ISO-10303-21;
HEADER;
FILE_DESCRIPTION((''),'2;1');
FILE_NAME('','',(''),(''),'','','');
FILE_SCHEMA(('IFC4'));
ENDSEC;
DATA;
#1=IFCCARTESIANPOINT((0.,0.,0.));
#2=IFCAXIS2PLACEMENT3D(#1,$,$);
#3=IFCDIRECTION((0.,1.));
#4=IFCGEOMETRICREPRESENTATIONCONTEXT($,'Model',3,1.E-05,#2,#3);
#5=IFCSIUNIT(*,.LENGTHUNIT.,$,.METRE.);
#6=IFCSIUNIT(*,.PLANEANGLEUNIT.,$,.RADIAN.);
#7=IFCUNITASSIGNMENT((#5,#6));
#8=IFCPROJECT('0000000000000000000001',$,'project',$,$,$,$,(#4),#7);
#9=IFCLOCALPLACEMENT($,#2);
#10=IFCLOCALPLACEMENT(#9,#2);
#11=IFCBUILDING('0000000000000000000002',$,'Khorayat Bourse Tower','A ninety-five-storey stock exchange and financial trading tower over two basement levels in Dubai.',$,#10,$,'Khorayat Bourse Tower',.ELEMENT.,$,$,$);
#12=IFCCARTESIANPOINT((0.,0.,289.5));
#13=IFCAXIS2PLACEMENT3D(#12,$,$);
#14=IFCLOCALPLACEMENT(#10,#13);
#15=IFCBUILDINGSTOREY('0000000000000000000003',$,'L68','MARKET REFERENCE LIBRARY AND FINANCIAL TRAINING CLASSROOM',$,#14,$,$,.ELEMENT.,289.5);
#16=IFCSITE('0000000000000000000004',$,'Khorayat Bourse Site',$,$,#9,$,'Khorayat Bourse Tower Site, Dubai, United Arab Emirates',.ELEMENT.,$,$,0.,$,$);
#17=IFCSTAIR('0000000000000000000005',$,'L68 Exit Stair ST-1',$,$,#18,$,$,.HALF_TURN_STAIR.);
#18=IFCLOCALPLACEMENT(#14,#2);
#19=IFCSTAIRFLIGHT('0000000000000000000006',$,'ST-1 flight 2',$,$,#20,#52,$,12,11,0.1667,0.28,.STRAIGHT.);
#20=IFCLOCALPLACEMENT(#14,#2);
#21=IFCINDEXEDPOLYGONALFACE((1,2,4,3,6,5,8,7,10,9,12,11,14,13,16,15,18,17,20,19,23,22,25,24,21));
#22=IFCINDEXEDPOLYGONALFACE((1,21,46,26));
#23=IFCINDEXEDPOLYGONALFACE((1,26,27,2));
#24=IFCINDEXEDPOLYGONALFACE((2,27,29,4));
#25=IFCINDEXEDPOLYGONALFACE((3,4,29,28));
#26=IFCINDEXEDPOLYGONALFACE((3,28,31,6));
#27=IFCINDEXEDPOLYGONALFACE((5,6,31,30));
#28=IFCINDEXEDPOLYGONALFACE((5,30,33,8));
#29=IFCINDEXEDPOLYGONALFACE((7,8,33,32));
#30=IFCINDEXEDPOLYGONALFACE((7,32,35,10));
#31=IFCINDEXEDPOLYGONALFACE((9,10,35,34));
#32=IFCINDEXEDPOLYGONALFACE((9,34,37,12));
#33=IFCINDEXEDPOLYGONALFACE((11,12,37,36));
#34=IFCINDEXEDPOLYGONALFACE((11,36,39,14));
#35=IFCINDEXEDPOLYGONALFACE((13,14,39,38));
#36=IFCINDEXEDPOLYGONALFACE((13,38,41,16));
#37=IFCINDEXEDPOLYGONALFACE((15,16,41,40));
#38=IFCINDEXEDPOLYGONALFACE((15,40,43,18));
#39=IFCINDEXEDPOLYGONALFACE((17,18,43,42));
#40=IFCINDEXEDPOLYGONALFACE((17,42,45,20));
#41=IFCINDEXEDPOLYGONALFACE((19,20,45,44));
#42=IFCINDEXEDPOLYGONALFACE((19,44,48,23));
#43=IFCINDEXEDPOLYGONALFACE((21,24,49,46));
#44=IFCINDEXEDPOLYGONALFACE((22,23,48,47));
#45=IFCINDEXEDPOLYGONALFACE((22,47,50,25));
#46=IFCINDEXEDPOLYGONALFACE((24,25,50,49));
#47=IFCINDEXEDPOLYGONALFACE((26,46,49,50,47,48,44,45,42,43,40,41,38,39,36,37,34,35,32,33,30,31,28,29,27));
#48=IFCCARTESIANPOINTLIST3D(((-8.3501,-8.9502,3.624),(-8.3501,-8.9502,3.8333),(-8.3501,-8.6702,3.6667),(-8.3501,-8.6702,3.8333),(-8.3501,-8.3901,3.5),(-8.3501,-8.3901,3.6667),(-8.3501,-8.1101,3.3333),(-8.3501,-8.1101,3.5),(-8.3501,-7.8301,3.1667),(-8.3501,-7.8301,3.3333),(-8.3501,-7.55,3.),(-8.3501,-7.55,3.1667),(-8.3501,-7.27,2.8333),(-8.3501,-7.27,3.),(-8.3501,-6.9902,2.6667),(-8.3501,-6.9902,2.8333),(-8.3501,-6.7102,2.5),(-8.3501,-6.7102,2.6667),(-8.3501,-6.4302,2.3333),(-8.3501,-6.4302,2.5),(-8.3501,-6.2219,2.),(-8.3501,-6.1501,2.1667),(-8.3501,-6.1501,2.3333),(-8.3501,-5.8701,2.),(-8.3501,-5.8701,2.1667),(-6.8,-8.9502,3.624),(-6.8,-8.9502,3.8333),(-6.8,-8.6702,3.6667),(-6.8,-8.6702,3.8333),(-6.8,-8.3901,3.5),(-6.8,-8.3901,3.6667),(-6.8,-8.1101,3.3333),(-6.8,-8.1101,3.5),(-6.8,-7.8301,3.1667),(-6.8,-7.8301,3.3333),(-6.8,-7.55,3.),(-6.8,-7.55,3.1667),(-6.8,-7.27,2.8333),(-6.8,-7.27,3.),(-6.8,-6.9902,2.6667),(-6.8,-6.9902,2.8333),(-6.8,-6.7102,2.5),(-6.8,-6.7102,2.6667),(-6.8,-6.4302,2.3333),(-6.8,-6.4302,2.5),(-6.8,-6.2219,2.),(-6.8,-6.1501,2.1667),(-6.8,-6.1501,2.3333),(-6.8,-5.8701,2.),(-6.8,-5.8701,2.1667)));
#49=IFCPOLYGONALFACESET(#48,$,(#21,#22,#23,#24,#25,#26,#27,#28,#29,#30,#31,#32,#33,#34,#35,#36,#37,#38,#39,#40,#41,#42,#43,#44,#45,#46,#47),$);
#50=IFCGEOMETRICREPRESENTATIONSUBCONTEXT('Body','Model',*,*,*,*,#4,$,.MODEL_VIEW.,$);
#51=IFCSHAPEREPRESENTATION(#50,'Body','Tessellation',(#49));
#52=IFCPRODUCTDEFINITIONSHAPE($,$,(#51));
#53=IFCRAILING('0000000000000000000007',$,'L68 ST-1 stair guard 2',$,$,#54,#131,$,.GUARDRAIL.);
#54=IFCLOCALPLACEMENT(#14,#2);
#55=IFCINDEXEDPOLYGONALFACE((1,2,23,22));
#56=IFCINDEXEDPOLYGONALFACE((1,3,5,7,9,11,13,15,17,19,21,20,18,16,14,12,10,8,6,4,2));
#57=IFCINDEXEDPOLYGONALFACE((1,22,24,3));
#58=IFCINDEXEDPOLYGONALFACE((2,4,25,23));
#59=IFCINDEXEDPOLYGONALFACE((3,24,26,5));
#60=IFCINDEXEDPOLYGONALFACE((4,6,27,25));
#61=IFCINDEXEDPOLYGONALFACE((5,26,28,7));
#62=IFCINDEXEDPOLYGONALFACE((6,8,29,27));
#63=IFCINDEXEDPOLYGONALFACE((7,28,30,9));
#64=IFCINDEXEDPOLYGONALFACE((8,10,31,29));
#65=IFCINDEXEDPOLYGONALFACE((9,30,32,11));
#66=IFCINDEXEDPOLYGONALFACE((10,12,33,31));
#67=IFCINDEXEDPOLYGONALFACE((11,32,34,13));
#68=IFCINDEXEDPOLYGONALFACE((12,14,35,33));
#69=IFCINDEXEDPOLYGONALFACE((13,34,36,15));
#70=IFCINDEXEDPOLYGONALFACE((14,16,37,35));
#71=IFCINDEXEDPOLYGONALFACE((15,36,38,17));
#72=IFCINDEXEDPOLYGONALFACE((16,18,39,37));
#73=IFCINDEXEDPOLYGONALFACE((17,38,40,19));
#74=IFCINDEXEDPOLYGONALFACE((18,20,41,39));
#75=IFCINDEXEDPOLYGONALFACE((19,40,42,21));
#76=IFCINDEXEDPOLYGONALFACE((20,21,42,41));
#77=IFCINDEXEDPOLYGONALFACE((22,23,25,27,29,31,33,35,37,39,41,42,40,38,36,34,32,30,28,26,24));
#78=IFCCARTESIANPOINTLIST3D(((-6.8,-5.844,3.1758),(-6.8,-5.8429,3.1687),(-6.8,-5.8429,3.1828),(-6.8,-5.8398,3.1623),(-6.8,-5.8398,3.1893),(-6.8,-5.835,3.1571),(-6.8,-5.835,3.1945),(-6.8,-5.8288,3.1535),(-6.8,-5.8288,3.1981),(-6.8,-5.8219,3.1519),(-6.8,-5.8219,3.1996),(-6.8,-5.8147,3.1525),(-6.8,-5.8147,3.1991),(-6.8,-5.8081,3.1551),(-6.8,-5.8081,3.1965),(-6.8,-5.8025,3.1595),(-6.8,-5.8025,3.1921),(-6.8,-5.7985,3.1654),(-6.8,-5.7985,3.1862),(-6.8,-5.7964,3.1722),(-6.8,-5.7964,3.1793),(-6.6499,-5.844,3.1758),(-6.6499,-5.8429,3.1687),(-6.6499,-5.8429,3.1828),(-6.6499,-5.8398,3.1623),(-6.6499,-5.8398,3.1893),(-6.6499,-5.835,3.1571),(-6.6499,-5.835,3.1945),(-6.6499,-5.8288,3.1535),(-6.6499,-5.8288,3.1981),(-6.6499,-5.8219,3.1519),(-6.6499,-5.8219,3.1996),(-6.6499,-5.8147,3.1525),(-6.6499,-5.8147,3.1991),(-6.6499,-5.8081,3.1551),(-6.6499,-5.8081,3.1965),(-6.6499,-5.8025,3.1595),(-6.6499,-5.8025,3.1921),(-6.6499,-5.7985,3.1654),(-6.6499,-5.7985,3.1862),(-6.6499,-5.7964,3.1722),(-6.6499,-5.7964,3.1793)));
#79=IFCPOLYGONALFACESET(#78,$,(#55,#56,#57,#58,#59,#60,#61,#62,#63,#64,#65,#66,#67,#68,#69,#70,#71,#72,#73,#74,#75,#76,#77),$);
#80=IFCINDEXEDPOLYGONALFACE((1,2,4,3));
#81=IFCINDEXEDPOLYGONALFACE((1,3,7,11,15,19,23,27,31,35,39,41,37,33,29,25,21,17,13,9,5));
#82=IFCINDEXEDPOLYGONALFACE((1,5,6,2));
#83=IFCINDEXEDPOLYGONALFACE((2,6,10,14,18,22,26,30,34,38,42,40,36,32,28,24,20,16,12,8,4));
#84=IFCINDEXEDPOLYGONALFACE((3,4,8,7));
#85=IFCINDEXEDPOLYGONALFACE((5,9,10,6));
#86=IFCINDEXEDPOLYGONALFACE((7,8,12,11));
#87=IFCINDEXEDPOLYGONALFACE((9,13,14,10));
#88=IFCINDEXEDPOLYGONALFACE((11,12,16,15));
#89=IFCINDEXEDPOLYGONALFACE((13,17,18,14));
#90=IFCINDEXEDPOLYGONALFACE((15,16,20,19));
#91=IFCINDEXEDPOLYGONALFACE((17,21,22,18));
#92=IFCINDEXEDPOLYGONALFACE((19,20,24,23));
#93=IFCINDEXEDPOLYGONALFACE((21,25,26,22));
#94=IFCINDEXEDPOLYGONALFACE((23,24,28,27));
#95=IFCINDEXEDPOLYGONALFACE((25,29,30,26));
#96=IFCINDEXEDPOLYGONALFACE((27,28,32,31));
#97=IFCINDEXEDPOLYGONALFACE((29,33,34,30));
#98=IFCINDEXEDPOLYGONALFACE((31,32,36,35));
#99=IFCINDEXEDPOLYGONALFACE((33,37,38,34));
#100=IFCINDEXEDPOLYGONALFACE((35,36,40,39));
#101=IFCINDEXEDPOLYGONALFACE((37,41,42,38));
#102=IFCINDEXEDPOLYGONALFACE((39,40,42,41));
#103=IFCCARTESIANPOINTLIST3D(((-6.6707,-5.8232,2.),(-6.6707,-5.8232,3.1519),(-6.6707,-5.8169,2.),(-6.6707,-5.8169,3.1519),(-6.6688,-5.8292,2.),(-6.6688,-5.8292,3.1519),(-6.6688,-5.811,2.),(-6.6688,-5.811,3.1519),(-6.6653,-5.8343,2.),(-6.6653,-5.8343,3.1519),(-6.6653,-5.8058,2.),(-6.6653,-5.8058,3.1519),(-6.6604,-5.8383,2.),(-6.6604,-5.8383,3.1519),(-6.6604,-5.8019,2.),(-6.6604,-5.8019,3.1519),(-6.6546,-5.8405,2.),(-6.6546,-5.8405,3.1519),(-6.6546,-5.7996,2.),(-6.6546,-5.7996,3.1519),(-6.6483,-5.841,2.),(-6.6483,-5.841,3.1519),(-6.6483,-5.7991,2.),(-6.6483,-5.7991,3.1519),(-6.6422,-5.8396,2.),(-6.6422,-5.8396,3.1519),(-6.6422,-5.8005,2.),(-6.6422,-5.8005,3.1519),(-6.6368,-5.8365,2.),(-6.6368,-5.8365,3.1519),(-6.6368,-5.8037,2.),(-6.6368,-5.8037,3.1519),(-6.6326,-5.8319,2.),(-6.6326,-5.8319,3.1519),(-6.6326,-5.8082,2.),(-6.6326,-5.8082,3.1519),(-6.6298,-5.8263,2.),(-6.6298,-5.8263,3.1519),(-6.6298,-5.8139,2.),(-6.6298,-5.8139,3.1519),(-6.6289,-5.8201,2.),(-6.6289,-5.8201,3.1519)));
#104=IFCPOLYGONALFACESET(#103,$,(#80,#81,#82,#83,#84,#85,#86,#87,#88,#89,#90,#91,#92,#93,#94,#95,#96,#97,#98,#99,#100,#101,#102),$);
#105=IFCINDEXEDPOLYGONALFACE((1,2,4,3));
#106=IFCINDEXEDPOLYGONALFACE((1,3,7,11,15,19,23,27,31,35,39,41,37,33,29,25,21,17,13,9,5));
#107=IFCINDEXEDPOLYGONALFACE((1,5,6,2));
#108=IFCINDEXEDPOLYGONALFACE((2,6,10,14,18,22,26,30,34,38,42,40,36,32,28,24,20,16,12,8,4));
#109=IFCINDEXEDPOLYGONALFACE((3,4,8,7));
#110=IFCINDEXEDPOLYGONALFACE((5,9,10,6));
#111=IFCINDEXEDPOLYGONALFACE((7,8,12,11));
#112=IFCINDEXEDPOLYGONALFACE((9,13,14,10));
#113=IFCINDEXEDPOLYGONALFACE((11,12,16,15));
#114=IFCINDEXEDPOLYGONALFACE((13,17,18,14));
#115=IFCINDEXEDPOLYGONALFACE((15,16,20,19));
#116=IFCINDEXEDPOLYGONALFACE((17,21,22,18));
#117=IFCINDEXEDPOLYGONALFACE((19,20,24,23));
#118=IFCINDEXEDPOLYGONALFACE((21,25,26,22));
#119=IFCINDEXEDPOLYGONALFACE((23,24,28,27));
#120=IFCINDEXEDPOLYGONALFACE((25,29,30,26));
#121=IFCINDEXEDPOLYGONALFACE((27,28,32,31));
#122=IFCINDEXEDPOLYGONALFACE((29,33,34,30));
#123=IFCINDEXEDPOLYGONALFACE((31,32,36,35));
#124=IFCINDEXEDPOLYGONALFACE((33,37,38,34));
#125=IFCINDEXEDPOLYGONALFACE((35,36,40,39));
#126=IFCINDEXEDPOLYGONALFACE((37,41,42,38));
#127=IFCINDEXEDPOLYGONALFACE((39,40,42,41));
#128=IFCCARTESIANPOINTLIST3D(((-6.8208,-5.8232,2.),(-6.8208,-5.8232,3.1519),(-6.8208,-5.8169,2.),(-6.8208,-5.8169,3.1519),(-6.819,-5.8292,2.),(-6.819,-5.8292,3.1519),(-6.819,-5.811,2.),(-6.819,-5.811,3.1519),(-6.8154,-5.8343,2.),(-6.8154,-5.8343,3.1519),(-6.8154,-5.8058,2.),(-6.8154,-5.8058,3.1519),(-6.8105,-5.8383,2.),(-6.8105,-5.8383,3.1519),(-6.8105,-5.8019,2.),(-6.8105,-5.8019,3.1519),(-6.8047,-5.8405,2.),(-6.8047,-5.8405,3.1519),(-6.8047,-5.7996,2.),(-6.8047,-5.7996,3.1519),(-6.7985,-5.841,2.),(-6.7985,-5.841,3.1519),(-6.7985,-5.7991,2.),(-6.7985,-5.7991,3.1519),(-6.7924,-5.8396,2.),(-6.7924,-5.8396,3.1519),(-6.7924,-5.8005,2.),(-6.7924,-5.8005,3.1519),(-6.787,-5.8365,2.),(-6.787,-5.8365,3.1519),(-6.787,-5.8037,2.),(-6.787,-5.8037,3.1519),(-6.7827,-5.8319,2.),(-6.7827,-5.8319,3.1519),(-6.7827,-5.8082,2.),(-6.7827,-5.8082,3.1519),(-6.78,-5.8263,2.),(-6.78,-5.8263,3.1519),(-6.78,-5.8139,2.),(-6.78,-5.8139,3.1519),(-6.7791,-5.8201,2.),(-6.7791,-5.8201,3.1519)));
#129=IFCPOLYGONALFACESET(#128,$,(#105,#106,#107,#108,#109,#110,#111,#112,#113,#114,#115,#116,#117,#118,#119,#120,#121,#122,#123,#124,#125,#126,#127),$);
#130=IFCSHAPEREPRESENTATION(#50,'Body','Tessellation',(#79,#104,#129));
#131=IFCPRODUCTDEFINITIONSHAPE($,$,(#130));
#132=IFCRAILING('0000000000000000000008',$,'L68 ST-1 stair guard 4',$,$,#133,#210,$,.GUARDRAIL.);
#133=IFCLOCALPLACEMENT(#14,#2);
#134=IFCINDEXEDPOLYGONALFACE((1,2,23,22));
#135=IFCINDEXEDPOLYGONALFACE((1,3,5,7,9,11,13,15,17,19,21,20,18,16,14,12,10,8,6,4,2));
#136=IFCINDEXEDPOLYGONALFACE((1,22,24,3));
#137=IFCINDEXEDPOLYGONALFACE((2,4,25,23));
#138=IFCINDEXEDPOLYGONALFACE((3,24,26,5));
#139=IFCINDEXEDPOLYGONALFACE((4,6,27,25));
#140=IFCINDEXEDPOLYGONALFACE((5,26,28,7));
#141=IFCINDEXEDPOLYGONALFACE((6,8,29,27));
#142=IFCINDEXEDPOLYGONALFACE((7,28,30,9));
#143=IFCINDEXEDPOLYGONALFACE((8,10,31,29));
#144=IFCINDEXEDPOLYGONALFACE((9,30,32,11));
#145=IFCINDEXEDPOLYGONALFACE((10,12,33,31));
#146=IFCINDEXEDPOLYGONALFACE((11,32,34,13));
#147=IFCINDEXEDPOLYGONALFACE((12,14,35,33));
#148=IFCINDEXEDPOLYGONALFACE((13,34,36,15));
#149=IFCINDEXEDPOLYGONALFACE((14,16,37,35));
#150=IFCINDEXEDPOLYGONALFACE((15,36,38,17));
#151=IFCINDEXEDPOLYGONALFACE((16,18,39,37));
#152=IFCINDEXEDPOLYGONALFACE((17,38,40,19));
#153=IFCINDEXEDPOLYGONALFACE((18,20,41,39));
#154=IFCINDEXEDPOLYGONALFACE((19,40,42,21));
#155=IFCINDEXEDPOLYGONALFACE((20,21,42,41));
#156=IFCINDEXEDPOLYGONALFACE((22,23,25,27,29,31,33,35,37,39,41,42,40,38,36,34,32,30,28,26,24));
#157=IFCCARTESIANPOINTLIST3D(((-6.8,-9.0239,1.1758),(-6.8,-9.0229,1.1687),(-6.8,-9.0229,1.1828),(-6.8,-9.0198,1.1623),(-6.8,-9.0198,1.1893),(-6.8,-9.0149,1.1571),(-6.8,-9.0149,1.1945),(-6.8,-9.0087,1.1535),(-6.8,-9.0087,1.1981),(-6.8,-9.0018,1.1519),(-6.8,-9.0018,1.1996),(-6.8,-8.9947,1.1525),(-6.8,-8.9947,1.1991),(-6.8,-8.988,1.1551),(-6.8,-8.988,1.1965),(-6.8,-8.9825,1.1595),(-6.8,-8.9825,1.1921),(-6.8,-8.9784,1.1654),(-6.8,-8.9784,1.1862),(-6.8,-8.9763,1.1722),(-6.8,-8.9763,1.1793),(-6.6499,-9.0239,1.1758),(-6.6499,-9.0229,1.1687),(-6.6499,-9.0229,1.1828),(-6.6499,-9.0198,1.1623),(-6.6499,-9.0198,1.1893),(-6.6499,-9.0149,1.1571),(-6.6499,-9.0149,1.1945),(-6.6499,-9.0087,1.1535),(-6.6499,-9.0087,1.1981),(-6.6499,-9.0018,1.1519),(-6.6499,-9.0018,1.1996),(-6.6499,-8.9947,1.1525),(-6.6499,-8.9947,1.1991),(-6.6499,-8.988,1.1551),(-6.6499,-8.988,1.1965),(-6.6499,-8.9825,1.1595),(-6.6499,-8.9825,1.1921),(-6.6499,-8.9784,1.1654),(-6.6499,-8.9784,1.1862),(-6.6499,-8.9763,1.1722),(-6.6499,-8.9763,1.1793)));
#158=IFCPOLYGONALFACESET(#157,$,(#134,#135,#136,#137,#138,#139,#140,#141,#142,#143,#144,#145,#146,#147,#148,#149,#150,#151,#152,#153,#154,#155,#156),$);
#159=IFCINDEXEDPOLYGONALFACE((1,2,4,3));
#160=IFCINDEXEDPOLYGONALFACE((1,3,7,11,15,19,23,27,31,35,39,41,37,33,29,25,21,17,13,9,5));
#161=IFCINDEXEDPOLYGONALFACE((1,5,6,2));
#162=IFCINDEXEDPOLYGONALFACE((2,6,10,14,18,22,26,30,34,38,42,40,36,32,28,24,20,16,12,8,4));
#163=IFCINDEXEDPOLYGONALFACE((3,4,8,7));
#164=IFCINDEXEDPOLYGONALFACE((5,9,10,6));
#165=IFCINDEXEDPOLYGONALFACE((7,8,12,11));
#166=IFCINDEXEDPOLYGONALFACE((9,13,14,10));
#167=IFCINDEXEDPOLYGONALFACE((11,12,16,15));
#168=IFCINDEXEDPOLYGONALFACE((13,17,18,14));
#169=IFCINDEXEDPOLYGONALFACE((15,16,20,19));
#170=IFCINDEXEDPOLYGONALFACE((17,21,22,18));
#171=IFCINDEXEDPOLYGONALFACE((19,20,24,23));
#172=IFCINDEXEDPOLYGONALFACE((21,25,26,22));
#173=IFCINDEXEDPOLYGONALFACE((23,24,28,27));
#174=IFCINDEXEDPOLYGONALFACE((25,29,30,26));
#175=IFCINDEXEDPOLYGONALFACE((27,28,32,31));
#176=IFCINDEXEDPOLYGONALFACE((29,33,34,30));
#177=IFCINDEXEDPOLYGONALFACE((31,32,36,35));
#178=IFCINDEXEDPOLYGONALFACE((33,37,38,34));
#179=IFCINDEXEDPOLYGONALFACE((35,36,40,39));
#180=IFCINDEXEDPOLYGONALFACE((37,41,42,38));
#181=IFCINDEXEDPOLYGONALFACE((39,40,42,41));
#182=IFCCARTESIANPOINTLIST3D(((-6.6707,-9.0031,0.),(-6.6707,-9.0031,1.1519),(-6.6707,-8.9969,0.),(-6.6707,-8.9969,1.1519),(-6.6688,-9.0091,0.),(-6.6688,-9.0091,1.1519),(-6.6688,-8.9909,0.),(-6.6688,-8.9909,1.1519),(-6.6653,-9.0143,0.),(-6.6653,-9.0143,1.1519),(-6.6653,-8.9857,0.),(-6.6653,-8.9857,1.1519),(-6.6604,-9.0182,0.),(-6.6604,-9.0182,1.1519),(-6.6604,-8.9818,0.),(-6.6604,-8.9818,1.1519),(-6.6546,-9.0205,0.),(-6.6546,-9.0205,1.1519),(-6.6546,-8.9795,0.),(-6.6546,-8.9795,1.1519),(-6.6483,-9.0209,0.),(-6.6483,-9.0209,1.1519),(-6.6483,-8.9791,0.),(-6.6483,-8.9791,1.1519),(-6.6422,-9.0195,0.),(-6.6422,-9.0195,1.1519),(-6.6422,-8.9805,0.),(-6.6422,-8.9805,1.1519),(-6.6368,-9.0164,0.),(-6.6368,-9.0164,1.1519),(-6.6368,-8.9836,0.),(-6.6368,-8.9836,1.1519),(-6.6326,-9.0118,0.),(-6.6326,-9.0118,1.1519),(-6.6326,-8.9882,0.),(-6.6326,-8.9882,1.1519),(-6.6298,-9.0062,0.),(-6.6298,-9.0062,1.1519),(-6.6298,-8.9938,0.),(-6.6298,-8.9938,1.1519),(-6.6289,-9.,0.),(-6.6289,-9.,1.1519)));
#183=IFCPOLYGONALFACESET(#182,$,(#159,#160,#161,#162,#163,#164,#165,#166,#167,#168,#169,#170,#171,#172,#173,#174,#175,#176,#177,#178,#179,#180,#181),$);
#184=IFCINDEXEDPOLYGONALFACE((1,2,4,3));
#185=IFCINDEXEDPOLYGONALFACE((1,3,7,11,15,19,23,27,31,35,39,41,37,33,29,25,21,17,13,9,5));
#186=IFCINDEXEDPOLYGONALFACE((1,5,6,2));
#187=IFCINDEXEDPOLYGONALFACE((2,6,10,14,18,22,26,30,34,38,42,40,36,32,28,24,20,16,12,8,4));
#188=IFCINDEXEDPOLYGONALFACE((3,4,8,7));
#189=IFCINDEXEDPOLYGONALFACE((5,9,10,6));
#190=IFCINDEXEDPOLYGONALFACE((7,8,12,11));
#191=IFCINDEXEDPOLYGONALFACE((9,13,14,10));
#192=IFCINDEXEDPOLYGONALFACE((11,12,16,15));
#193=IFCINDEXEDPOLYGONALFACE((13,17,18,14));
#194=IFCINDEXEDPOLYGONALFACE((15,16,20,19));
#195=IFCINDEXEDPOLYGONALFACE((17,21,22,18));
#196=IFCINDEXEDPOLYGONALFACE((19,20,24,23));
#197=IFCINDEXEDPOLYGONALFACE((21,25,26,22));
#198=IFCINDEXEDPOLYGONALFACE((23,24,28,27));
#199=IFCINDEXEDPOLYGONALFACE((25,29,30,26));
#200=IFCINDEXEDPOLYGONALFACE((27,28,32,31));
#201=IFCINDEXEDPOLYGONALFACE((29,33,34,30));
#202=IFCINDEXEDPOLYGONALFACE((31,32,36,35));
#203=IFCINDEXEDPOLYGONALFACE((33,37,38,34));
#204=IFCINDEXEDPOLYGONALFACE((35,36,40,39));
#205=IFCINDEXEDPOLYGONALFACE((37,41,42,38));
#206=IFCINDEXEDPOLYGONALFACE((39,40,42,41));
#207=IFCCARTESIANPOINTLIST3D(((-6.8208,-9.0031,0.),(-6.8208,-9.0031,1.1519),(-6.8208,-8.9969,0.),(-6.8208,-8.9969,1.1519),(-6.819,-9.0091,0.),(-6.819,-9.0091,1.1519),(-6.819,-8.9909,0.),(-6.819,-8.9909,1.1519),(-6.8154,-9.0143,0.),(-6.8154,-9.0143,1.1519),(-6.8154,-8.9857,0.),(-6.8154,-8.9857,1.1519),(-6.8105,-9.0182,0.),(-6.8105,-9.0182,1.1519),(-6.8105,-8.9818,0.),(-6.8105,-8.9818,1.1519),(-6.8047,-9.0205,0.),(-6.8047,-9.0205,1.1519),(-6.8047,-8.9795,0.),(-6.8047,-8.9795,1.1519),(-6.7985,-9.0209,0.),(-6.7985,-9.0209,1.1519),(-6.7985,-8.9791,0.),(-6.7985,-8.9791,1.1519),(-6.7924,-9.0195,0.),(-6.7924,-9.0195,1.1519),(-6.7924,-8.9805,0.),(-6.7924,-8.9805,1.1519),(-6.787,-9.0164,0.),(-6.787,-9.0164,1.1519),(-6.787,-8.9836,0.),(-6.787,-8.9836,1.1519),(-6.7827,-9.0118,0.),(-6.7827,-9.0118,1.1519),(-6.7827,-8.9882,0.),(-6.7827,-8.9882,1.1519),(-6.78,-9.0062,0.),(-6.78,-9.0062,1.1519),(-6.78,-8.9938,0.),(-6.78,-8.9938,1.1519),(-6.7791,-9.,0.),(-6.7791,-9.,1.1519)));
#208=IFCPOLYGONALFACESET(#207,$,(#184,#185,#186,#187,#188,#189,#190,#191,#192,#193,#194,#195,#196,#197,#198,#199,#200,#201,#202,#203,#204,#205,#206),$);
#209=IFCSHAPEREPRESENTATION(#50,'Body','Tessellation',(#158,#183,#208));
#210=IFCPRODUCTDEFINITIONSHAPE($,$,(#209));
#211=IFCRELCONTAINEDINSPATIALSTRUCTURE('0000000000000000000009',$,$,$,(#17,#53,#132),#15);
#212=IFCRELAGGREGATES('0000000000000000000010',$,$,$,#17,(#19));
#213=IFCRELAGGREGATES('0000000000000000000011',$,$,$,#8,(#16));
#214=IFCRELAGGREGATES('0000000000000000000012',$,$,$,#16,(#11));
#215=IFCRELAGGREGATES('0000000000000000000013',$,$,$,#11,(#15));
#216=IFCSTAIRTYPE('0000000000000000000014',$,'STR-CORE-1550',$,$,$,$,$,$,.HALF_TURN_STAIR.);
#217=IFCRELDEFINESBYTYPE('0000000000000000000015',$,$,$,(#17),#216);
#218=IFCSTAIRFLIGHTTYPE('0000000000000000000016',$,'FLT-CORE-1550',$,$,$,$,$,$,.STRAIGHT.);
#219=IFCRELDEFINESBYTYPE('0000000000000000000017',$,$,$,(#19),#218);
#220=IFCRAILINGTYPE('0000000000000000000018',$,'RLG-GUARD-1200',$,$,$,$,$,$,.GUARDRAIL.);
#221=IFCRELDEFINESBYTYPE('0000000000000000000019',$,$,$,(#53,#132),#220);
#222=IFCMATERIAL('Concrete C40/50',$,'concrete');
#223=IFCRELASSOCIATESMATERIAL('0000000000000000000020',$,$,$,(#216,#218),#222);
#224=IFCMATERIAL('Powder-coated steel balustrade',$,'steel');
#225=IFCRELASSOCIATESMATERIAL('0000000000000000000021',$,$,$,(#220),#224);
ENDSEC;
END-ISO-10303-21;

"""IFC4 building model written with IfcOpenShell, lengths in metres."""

from ifc_helpers import new_model, si_unit, direction, frame, origin, origin_2d, place, context, subcontext, project, spatial, polyline, circle, outline, extrude, source, transform, mapped, material, type_object, element, aggregate, save


model = new_model("IFC4")

# Units and contexts
model_context = context("Model", 3, precision=1e-05, world=origin(), true_north=direction((0.0, 1.0)))
body_context = subcontext(model_context, "Body", "Model", "MODEL_VIEW")
ifc_project = project(units=[si_unit("LENGTHUNIT", "METRE"), si_unit("PLANEANGLEUNIT", "RADIAN")], contexts=[model_context])

# Site, building, storey
site_placement = place(None, origin())
site = spatial("IfcSite", under=ifc_project, at=site_placement, Name="Khorayat Bourse Site", LongName="Khorayat Bourse Tower Site, Dubai, United Arab Emirates", CompositionType="ELEMENT", RefElevation=0.0)
building_placement = place(site_placement, origin())
building = spatial("IfcBuilding", under=site, at=building_placement, Name="Khorayat Bourse Tower", Description="A ninety-five-storey stock exchange and financial trading tower over two basement levels in Dubai.", LongName="Khorayat Bourse Tower", CompositionType="ELEMENT")
storey_placement = place(building_placement, frame((0.0, 0.0, 289.5)))
storey = spatial("IfcBuildingStorey", under=building, at=storey_placement, Name="L68", Description="MARKET REFERENCE LIBRARY AND FINANCIAL TRAINING CLASSROOM", CompositionType="ELEMENT", Elevation=289.5)

# Stair, stair flight
ifc_material_1 = material(Name="Concrete C40/50", Category="concrete")
stair_type = type_object("IfcStairType", Name="STR-CORE-1550", PredefinedType="HALF_TURN_STAIR", material=ifc_material_1)
stair_placement = place(storey_placement, origin())
stair = element("IfcStair", 1, at=stair_placement, inside=storey, type_object=stair_type, Name="L68 Exit Stair ST-1", PredefinedType="HALF_TURN_STAIR")
stair_flight_type = type_object("IfcStairFlightType", Name="FLT-CORE-1550", PredefinedType="STRAIGHT", material=ifc_material_1)
shared_shape_1 = source(origin(), body_context, "Body", "SweptSolid", [
    extrude(outline(polyline([(0.0, 0.0), (0.0, 0.1667), (0.28, 0.1667), (0.28, 0.3333), (0.5601, 0.3333), (0.5601, 0.5), (0.8401, 0.5), (0.8401, 0.6667), (1.1201, 0.6667), (1.1201, 0.8333), (1.3999, 0.8333), (1.3999, 1.0), (1.6799, 1.0), (1.6799, 1.1667), (1.96, 1.1667), (1.96, 1.3333), (2.24, 1.3333), (2.24, 1.5), (2.52, 1.5), (2.52, 1.6667), (2.8, 1.6667), (2.8, 1.8333), (3.0801, 1.8333), (3.0801, 2.0), (3.0801, 1.624), (0.3518, 0.0), (0.0, 0.0)])), frame((0.0, 0.7749, 0.0), z_axis=(0.0, -1.0, 0.0), x_axis=(1.0, 0.0, 0.0)), (0.0, 0.0, 1.0), 1.55),
])
stair_flight_1_placement = place(storey_placement, frame((-7.575, -5.8701, 2.0), z_axis=(0.0, 0.0, 1.0), x_axis=(0.0, -1.0, 0.0)))
stair_flight_1 = element("IfcStairFlight", 2, at=stair_flight_1_placement, type_object=stair_flight_type, Name="ST-1 flight 2", NumberOfRisers=12, NumberOfTreads=11, PredefinedType="STRAIGHT", RiserHeight=0.1667, TreadLength=0.28, context=body_context, shape_type="MappedRepresentation", body=[
    mapped(shared_shape_1, transform((0.0, 0.0, 0.0), scale=1.0)),
])
aggregate(stair, [stair_flight_1])

# Railings
ifc_material_2 = material(Name="Powder-coated steel balustrade", Category="steel")
railing_type_1 = type_object("IfcRailingType", Name="RLG-GUARD-1200", PredefinedType="GUARDRAIL", material=ifc_material_2)
shared_shape_2 = source(origin(), body_context, "Body", "SweptSolid", [
    extrude(circle(Radius=0.0239, at=origin_2d()), frame((0.0, 0.0, 1.1758), z_axis=(-1.0, 0.0, 0.0), x_axis=(0.0, -1.0, 0.0)), (0.0, 0.0, 1.0), 0.1501),
    extrude(circle(Radius=0.021, at=origin_2d()), origin(), (0.0, 0.0, 1.0), 1.1519),
    extrude(circle(Radius=0.021, at=origin_2d()), frame((-0.1501, 0.0, 0.0)), (0.0, 0.0, 1.0), 1.1519),
])
for number, where, name in (
    (3, (-6.6499, -5.8201, 2.0), "L68 ST-1 stair guard 2"),
    (4, (-6.6499, -9.0, 0.0), "L68 ST-1 stair guard 4"),
):
    element("IfcRailing", number, at=place(storey_placement, frame(where)), inside=storey, type_object=railing_type_1, Name=name, PredefinedType="GUARDRAIL", context=body_context, shape_type="MappedRepresentation", body=[
        mapped(shared_shape_2, transform((0.0, 0.0, 0.0), scale=1.0)),
    ])

save(model, "model.ifc")
